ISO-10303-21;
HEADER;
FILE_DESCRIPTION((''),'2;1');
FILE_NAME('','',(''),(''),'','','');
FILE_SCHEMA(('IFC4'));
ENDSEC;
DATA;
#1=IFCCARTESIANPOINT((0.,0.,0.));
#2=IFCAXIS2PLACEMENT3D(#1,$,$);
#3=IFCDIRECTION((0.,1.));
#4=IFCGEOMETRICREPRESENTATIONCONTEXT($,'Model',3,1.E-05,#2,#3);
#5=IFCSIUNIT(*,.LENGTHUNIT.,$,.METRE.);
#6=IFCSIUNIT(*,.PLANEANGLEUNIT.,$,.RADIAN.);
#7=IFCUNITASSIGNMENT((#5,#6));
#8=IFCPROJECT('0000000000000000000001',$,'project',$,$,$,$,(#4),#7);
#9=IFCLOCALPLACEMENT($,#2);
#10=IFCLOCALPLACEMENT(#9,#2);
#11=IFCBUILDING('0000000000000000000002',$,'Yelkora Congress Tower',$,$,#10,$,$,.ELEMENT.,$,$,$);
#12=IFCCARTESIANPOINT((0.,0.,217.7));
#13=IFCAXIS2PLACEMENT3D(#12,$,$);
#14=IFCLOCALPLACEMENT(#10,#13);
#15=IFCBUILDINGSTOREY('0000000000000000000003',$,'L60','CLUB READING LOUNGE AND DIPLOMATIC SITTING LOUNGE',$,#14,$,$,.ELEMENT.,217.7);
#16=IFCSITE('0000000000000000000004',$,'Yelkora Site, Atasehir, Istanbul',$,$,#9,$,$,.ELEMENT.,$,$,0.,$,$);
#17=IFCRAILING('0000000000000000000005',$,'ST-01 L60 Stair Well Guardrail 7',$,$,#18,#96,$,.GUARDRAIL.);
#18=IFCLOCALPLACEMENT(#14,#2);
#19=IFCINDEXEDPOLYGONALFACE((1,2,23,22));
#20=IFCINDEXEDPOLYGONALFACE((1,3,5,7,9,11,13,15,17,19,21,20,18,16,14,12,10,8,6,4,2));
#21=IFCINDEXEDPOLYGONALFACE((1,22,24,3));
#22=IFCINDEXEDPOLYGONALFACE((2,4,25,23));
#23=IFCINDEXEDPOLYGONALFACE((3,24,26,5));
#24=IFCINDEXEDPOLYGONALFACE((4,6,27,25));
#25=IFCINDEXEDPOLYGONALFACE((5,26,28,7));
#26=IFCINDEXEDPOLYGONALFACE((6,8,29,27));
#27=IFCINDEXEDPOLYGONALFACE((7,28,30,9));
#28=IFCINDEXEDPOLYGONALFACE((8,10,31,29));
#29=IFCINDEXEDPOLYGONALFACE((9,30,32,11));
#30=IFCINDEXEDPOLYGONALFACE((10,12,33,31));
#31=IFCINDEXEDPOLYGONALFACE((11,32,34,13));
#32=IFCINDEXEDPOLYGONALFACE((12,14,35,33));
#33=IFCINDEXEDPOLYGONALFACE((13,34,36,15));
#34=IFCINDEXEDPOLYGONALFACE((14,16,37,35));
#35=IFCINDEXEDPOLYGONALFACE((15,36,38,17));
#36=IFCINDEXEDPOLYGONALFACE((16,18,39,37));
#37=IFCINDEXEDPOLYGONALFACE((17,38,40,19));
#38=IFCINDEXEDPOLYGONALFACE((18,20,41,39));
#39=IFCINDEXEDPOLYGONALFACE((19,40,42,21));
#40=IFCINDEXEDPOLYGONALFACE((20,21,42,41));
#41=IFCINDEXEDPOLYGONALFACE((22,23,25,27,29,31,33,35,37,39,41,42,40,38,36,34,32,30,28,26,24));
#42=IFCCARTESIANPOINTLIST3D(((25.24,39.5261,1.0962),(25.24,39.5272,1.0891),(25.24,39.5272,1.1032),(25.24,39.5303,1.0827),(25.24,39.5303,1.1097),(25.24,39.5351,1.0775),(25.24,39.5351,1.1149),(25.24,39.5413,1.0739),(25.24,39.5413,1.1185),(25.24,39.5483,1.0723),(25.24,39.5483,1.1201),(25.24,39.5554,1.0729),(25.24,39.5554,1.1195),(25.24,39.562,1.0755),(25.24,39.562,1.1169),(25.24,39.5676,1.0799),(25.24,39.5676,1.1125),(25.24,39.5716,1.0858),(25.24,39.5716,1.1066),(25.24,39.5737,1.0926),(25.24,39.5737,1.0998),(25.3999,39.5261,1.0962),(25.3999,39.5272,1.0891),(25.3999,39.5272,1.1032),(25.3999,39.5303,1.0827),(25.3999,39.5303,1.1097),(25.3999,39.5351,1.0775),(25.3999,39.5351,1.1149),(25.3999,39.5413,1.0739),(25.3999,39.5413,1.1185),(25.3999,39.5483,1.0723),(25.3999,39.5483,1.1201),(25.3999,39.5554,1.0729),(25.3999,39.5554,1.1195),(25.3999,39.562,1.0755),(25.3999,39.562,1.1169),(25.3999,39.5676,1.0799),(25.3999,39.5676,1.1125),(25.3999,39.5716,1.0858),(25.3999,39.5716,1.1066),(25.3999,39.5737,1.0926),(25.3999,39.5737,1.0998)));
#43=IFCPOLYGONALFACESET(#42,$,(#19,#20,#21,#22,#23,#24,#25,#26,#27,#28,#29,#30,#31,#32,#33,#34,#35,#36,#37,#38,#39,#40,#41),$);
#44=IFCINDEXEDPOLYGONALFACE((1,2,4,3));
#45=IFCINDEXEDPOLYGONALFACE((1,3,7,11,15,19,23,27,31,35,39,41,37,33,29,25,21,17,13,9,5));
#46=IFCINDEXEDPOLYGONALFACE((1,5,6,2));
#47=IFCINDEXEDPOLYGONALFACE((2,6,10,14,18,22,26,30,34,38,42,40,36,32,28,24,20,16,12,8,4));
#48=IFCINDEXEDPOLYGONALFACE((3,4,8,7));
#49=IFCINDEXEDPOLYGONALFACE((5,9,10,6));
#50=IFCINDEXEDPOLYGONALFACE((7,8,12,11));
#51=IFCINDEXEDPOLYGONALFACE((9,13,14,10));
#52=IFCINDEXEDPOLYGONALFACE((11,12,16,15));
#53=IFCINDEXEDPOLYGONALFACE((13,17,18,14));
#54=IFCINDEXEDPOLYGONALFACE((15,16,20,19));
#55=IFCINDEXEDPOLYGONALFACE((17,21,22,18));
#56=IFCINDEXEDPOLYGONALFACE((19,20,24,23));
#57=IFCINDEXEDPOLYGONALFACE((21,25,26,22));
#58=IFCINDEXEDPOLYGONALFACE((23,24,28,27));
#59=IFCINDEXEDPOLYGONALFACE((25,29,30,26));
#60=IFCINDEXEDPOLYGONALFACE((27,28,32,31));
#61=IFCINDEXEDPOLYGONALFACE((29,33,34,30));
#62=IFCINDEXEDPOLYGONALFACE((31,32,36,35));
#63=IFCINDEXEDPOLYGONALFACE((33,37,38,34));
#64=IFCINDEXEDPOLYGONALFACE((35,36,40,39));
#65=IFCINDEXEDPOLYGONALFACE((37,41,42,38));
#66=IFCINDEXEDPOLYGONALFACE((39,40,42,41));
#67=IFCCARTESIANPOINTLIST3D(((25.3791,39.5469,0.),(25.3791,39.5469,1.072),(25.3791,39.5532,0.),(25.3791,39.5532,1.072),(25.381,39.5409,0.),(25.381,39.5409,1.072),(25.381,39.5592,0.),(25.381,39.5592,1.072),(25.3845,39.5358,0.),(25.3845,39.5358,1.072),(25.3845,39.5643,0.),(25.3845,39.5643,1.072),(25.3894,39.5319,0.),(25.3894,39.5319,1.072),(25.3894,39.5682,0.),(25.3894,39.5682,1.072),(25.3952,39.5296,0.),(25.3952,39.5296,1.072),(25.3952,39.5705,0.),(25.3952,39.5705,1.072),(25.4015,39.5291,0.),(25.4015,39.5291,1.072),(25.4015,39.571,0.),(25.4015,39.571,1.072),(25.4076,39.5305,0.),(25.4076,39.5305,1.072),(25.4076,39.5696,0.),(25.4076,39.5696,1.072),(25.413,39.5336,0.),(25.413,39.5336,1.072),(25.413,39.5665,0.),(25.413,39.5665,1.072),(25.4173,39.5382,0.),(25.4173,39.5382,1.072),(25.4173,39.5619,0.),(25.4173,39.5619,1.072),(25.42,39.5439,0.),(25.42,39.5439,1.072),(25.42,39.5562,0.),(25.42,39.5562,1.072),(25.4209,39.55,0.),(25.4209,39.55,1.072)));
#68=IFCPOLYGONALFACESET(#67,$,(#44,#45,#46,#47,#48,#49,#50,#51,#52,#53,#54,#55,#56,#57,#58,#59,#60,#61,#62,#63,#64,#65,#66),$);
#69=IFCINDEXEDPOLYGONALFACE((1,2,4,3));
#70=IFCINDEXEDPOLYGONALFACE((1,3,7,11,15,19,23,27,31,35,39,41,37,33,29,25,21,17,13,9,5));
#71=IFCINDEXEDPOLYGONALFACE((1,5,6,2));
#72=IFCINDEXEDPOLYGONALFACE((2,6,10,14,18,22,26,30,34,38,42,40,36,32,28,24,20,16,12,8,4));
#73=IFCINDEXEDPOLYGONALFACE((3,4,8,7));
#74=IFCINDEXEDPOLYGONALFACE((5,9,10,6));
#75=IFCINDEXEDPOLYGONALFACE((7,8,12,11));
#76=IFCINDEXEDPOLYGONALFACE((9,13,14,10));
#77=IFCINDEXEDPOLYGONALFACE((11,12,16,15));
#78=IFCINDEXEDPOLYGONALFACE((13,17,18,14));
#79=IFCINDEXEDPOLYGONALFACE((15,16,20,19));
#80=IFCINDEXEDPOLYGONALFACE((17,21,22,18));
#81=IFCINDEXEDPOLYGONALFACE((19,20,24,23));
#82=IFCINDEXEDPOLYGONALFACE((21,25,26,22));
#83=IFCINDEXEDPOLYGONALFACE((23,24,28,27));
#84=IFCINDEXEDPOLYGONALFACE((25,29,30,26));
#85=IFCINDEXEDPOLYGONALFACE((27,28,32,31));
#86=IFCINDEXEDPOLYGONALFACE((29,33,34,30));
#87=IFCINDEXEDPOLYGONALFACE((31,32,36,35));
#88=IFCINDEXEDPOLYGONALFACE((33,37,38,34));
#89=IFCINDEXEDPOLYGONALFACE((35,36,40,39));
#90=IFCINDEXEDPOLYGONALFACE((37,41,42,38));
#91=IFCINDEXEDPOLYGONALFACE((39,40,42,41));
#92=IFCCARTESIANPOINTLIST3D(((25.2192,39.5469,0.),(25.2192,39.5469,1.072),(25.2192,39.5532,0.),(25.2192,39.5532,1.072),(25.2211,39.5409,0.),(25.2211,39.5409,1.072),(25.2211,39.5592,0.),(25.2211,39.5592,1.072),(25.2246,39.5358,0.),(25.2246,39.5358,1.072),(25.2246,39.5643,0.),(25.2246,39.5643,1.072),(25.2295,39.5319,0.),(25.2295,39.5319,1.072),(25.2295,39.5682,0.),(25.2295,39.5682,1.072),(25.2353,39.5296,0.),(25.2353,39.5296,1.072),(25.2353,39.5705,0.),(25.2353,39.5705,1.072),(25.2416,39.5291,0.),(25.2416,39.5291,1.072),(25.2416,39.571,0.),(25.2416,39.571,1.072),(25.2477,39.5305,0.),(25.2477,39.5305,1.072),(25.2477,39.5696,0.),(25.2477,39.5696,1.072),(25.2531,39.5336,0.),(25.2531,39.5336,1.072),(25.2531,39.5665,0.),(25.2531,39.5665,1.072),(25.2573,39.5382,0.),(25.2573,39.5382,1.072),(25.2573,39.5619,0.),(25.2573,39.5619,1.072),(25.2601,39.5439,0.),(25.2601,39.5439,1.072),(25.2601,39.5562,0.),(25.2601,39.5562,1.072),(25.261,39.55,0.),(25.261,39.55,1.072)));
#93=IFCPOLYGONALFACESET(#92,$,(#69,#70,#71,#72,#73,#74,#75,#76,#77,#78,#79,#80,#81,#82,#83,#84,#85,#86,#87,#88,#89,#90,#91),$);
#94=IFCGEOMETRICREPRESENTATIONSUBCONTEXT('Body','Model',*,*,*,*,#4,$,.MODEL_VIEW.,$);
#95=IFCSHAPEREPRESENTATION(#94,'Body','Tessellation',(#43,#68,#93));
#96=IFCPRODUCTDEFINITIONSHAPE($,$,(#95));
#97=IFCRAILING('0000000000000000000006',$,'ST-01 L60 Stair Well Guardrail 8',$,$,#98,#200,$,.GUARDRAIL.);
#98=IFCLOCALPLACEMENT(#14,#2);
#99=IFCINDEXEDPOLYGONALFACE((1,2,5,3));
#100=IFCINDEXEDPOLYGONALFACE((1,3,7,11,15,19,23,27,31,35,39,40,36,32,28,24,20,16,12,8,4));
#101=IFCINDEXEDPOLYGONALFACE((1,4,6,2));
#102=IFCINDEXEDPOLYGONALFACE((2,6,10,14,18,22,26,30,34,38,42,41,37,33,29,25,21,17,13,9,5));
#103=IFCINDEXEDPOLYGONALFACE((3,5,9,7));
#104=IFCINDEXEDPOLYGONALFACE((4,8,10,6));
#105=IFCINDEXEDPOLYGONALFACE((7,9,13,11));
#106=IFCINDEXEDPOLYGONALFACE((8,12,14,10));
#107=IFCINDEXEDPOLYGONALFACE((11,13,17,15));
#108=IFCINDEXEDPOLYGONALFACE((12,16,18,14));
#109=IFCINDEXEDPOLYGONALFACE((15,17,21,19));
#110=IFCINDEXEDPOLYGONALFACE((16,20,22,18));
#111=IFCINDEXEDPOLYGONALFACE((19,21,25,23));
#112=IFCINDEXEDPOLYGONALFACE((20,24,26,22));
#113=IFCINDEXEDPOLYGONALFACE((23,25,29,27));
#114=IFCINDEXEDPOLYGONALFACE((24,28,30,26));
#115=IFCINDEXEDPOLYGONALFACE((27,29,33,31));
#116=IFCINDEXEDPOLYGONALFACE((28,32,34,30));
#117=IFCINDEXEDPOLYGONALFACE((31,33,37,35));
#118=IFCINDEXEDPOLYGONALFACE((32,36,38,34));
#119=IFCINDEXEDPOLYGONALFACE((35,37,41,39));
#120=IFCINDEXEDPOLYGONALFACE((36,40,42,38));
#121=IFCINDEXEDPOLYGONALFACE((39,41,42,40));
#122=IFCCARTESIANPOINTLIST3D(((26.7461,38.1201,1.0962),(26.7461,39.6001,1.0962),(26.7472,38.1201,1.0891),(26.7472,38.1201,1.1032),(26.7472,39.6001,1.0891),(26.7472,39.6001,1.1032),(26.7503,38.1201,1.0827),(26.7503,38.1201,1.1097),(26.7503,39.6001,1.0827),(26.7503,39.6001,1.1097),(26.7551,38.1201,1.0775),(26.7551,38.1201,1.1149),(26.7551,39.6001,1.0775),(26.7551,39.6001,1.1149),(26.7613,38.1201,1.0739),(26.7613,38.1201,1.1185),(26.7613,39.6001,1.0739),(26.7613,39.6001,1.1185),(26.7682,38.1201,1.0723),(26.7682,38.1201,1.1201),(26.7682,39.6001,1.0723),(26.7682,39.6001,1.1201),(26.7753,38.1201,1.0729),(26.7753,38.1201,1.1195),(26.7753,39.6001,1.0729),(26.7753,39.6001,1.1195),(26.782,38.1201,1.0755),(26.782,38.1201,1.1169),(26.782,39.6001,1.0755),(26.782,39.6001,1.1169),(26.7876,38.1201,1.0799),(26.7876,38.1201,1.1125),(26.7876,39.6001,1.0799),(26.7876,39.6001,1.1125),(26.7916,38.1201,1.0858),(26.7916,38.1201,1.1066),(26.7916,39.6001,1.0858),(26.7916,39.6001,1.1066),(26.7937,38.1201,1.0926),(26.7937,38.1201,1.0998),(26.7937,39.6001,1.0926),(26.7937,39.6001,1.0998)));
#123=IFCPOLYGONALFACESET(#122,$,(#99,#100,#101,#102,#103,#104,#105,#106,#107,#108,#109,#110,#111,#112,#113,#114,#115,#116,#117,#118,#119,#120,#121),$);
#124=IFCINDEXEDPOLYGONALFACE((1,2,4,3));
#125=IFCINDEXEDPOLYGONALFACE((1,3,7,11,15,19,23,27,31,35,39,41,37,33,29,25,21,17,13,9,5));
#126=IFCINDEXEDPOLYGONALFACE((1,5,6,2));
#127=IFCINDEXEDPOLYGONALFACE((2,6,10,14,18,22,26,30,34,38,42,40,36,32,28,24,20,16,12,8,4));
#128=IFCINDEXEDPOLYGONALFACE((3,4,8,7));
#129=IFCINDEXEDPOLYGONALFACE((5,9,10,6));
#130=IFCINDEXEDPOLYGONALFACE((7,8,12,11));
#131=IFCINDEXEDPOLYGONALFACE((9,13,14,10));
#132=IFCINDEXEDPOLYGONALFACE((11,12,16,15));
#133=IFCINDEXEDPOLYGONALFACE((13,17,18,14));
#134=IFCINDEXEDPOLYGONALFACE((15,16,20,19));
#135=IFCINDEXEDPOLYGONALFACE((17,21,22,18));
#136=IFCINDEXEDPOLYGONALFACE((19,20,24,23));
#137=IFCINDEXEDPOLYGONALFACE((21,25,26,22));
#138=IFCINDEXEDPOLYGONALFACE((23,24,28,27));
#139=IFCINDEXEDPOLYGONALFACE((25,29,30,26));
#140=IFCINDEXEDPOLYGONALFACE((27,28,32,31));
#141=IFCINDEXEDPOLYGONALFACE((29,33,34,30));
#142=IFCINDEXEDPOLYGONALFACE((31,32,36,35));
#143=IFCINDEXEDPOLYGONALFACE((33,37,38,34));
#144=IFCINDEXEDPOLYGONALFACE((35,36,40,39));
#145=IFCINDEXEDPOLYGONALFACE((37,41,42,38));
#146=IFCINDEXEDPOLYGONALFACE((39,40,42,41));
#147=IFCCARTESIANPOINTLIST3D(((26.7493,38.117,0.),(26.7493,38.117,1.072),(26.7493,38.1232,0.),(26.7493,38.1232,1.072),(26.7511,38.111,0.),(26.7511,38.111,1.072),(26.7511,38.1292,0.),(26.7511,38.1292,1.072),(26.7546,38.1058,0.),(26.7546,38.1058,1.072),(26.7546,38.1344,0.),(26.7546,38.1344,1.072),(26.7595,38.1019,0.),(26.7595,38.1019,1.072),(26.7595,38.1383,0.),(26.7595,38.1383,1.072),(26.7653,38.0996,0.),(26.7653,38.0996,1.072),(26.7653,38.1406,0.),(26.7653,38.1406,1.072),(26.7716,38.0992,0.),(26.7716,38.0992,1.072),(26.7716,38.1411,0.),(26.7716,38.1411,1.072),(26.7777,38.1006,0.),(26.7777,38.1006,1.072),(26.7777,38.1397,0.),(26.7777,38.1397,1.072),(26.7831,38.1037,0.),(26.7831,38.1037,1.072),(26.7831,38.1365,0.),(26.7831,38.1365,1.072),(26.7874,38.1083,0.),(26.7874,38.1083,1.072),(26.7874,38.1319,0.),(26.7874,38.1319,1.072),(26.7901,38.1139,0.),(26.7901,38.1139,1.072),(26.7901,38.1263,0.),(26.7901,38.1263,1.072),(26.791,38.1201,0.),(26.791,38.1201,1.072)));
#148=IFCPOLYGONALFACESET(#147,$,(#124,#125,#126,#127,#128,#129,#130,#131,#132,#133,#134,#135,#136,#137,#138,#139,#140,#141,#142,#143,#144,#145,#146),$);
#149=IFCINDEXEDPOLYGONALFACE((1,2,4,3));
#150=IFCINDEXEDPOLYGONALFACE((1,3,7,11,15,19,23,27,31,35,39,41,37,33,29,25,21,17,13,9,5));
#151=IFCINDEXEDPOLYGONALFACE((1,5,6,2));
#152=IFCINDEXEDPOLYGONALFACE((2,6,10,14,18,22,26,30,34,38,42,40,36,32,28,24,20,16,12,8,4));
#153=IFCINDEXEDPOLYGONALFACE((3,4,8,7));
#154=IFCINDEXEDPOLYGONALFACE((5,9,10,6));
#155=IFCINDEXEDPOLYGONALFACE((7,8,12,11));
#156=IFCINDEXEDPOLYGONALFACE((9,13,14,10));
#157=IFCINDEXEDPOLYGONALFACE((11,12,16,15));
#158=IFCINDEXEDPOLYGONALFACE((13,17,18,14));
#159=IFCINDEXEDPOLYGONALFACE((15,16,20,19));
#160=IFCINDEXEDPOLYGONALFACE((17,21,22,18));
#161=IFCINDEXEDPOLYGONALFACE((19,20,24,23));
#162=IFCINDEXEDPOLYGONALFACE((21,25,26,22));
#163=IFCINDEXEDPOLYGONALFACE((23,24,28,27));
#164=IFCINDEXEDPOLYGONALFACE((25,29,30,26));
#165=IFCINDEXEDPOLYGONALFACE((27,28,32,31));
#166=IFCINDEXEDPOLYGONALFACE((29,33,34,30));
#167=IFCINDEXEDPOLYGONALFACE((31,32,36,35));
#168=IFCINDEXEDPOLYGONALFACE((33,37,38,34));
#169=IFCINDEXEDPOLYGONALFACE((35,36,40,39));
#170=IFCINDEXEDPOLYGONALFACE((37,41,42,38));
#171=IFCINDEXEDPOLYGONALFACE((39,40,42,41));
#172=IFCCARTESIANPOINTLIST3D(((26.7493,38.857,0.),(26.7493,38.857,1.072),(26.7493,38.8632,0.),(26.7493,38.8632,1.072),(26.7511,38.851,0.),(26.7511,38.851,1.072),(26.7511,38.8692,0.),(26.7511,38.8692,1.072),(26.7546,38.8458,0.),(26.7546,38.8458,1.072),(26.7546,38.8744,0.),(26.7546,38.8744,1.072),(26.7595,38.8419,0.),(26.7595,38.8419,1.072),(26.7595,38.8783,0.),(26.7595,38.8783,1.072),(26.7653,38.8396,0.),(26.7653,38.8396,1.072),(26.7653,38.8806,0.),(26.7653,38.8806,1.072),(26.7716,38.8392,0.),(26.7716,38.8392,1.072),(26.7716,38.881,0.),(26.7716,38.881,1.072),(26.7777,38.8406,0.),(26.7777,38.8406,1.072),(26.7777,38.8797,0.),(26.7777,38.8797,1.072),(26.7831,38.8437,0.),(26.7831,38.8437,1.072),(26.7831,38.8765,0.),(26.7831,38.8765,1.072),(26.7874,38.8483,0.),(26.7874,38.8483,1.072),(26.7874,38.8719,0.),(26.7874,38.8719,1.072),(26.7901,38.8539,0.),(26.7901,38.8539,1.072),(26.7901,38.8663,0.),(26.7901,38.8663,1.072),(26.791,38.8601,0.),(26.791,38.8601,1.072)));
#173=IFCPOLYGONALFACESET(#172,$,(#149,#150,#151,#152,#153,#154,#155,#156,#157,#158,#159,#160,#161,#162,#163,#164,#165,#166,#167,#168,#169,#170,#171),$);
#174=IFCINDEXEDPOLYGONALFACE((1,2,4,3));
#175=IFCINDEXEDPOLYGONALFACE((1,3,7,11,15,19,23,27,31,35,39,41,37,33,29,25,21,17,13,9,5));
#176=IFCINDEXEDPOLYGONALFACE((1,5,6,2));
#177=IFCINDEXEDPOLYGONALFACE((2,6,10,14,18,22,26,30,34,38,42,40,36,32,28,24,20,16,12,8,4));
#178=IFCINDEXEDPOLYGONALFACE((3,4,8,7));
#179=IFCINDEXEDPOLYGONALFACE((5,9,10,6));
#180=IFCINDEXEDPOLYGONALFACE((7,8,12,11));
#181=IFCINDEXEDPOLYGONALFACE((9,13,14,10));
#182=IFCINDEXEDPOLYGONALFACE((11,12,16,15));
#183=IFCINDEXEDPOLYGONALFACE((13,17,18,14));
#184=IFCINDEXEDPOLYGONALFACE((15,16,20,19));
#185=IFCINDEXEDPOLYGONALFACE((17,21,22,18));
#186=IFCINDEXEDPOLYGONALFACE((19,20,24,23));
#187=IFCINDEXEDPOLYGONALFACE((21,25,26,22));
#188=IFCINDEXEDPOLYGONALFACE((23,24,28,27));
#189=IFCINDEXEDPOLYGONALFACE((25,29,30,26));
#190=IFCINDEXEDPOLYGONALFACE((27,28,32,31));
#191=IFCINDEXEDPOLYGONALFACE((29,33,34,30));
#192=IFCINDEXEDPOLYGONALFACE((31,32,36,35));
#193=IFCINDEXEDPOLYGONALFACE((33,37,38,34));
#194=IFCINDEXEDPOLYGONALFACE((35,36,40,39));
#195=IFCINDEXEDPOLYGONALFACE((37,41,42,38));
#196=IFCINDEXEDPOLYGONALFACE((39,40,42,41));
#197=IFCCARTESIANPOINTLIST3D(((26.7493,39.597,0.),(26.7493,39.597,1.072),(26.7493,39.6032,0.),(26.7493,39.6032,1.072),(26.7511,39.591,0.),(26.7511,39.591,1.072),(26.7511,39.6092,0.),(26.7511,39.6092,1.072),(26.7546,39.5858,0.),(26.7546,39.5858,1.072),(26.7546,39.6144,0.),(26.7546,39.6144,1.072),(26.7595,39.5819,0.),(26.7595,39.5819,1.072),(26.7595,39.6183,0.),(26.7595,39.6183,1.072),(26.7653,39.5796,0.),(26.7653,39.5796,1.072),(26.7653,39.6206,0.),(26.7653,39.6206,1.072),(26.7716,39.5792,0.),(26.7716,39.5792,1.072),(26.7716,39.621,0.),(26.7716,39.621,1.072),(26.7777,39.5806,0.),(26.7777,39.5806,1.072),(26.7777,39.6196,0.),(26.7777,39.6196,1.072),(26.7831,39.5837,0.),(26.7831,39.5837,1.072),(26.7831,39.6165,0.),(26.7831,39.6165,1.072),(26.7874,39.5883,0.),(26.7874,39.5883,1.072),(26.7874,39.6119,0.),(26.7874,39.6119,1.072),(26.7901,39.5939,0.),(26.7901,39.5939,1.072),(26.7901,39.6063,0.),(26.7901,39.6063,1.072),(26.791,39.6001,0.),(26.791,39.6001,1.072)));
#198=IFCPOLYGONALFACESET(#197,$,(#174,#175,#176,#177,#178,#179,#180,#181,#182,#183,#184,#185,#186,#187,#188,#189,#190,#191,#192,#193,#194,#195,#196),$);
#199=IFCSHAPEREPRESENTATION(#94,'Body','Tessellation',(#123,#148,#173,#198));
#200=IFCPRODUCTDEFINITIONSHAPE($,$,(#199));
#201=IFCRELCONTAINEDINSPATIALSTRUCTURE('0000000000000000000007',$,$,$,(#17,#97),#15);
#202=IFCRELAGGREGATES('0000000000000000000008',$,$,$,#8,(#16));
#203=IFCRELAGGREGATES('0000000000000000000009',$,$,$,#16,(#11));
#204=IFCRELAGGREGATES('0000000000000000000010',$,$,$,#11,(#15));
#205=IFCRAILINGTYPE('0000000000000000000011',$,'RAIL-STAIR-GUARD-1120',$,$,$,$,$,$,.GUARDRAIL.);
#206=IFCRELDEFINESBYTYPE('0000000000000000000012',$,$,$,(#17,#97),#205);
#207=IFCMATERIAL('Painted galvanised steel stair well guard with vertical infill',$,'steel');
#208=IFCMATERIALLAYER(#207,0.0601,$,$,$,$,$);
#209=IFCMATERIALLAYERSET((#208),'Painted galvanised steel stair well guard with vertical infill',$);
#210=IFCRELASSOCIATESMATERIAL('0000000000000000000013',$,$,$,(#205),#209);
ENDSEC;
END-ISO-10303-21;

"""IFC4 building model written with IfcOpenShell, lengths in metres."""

from ifc_helpers import new_model, si_unit, direction, frame, origin, origin_2d, place, context, subcontext, project, spatial, circle, extrude, material, layer, layer_set, type_object, element, save


model = new_model("IFC4")

# Units and contexts
model_context = context("Model", 3, precision=1e-05, world=origin(), true_north=direction((0.0, 1.0)))
body_context = subcontext(model_context, "Body", "Model", "MODEL_VIEW")
ifc_project = project(units=[si_unit("LENGTHUNIT", "METRE"), si_unit("PLANEANGLEUNIT", "RADIAN")], contexts=[model_context])

# Site, building, storey
site_placement = place(None, origin())
site = spatial("IfcSite", under=ifc_project, at=site_placement, Name="Yelkora Site, Atasehir, Istanbul", CompositionType="ELEMENT", RefElevation=0.0)
building_placement = place(site_placement, origin())
building = spatial("IfcBuilding", under=site, at=building_placement, Name="Yelkora Congress Tower", CompositionType="ELEMENT")
storey_placement = place(building_placement, frame((0.0, 0.0, 217.7)))
storey = spatial("IfcBuildingStorey", under=building, at=storey_placement, Name="L60", Description="CLUB READING LOUNGE AND DIPLOMATIC SITTING LOUNGE", CompositionType="ELEMENT", Elevation=217.7)

# Railings
ifc_material_1 = material(Name="Painted galvanised steel stair well guard with vertical infill", Category="steel")
ifc_layer_1 = layer(ifc_material_1, 0.0601)
ifc_layer_set_1 = layer_set([ifc_layer_1], Name="Painted galvanised steel stair well guard with vertical infill")
railing_type_1 = type_object("IfcRailingType", Name="RAIL-STAIR-GUARD-1120", PredefinedType="GUARDRAIL", material=ifc_layer_set_1)
railing_1_placement = place(storey_placement, frame((25.3999, 39.55, 0.0)))
element("IfcRailing", 1, at=railing_1_placement, inside=storey, type_object=railing_type_1, Name="ST-01 L60 Stair Well Guardrail 7", PredefinedType="GUARDRAIL", context=body_context, shape_type="SweptSolid", body=[
    extrude(circle(Radius=0.0239, at=origin_2d()), frame((0.0, 0.0, 1.0962), z_axis=(-1.0, 0.0, 0.0), x_axis=(0.0, -1.0, 0.0)), (0.0, 0.0, 1.0), 0.1599),
    extrude(circle(Radius=0.021, at=origin_2d()), origin(), (0.0, 0.0, 1.0), 1.072),
    extrude(circle(Radius=0.021, at=origin_2d()), frame((-0.1599, 0.0, 0.0)), (0.0, 0.0, 1.0), 1.072),
])
railing_2_placement = place(storey_placement, frame((26.77, 38.1201, 0.0)))
element("IfcRailing", 2, at=railing_2_placement, inside=storey, type_object=railing_type_1, Name="ST-01 L60 Stair Well Guardrail 8", PredefinedType="GUARDRAIL", context=body_context, shape_type="SweptSolid", body=[
    extrude(circle(Radius=0.0239, at=origin_2d()), frame((0.0, 0.0, 1.0962), z_axis=(0.0, 1.0, 0.0), x_axis=(-1.0, 0.0, 0.0)), (0.0, 0.0, 1.0), 1.48),
    extrude(circle(Radius=0.021, at=origin_2d()), origin(), (0.0, 0.0, 1.0), 1.072),
    extrude(circle(Radius=0.021, at=origin_2d()), frame((0.0, 0.74, 0.0)), (0.0, 0.0, 1.0), 1.072),
    extrude(circle(Radius=0.021, at=origin_2d()), frame((0.0, 1.48, 0.0)), (0.0, 0.0, 1.0), 1.072),
])

save(model, "model.ifc")
